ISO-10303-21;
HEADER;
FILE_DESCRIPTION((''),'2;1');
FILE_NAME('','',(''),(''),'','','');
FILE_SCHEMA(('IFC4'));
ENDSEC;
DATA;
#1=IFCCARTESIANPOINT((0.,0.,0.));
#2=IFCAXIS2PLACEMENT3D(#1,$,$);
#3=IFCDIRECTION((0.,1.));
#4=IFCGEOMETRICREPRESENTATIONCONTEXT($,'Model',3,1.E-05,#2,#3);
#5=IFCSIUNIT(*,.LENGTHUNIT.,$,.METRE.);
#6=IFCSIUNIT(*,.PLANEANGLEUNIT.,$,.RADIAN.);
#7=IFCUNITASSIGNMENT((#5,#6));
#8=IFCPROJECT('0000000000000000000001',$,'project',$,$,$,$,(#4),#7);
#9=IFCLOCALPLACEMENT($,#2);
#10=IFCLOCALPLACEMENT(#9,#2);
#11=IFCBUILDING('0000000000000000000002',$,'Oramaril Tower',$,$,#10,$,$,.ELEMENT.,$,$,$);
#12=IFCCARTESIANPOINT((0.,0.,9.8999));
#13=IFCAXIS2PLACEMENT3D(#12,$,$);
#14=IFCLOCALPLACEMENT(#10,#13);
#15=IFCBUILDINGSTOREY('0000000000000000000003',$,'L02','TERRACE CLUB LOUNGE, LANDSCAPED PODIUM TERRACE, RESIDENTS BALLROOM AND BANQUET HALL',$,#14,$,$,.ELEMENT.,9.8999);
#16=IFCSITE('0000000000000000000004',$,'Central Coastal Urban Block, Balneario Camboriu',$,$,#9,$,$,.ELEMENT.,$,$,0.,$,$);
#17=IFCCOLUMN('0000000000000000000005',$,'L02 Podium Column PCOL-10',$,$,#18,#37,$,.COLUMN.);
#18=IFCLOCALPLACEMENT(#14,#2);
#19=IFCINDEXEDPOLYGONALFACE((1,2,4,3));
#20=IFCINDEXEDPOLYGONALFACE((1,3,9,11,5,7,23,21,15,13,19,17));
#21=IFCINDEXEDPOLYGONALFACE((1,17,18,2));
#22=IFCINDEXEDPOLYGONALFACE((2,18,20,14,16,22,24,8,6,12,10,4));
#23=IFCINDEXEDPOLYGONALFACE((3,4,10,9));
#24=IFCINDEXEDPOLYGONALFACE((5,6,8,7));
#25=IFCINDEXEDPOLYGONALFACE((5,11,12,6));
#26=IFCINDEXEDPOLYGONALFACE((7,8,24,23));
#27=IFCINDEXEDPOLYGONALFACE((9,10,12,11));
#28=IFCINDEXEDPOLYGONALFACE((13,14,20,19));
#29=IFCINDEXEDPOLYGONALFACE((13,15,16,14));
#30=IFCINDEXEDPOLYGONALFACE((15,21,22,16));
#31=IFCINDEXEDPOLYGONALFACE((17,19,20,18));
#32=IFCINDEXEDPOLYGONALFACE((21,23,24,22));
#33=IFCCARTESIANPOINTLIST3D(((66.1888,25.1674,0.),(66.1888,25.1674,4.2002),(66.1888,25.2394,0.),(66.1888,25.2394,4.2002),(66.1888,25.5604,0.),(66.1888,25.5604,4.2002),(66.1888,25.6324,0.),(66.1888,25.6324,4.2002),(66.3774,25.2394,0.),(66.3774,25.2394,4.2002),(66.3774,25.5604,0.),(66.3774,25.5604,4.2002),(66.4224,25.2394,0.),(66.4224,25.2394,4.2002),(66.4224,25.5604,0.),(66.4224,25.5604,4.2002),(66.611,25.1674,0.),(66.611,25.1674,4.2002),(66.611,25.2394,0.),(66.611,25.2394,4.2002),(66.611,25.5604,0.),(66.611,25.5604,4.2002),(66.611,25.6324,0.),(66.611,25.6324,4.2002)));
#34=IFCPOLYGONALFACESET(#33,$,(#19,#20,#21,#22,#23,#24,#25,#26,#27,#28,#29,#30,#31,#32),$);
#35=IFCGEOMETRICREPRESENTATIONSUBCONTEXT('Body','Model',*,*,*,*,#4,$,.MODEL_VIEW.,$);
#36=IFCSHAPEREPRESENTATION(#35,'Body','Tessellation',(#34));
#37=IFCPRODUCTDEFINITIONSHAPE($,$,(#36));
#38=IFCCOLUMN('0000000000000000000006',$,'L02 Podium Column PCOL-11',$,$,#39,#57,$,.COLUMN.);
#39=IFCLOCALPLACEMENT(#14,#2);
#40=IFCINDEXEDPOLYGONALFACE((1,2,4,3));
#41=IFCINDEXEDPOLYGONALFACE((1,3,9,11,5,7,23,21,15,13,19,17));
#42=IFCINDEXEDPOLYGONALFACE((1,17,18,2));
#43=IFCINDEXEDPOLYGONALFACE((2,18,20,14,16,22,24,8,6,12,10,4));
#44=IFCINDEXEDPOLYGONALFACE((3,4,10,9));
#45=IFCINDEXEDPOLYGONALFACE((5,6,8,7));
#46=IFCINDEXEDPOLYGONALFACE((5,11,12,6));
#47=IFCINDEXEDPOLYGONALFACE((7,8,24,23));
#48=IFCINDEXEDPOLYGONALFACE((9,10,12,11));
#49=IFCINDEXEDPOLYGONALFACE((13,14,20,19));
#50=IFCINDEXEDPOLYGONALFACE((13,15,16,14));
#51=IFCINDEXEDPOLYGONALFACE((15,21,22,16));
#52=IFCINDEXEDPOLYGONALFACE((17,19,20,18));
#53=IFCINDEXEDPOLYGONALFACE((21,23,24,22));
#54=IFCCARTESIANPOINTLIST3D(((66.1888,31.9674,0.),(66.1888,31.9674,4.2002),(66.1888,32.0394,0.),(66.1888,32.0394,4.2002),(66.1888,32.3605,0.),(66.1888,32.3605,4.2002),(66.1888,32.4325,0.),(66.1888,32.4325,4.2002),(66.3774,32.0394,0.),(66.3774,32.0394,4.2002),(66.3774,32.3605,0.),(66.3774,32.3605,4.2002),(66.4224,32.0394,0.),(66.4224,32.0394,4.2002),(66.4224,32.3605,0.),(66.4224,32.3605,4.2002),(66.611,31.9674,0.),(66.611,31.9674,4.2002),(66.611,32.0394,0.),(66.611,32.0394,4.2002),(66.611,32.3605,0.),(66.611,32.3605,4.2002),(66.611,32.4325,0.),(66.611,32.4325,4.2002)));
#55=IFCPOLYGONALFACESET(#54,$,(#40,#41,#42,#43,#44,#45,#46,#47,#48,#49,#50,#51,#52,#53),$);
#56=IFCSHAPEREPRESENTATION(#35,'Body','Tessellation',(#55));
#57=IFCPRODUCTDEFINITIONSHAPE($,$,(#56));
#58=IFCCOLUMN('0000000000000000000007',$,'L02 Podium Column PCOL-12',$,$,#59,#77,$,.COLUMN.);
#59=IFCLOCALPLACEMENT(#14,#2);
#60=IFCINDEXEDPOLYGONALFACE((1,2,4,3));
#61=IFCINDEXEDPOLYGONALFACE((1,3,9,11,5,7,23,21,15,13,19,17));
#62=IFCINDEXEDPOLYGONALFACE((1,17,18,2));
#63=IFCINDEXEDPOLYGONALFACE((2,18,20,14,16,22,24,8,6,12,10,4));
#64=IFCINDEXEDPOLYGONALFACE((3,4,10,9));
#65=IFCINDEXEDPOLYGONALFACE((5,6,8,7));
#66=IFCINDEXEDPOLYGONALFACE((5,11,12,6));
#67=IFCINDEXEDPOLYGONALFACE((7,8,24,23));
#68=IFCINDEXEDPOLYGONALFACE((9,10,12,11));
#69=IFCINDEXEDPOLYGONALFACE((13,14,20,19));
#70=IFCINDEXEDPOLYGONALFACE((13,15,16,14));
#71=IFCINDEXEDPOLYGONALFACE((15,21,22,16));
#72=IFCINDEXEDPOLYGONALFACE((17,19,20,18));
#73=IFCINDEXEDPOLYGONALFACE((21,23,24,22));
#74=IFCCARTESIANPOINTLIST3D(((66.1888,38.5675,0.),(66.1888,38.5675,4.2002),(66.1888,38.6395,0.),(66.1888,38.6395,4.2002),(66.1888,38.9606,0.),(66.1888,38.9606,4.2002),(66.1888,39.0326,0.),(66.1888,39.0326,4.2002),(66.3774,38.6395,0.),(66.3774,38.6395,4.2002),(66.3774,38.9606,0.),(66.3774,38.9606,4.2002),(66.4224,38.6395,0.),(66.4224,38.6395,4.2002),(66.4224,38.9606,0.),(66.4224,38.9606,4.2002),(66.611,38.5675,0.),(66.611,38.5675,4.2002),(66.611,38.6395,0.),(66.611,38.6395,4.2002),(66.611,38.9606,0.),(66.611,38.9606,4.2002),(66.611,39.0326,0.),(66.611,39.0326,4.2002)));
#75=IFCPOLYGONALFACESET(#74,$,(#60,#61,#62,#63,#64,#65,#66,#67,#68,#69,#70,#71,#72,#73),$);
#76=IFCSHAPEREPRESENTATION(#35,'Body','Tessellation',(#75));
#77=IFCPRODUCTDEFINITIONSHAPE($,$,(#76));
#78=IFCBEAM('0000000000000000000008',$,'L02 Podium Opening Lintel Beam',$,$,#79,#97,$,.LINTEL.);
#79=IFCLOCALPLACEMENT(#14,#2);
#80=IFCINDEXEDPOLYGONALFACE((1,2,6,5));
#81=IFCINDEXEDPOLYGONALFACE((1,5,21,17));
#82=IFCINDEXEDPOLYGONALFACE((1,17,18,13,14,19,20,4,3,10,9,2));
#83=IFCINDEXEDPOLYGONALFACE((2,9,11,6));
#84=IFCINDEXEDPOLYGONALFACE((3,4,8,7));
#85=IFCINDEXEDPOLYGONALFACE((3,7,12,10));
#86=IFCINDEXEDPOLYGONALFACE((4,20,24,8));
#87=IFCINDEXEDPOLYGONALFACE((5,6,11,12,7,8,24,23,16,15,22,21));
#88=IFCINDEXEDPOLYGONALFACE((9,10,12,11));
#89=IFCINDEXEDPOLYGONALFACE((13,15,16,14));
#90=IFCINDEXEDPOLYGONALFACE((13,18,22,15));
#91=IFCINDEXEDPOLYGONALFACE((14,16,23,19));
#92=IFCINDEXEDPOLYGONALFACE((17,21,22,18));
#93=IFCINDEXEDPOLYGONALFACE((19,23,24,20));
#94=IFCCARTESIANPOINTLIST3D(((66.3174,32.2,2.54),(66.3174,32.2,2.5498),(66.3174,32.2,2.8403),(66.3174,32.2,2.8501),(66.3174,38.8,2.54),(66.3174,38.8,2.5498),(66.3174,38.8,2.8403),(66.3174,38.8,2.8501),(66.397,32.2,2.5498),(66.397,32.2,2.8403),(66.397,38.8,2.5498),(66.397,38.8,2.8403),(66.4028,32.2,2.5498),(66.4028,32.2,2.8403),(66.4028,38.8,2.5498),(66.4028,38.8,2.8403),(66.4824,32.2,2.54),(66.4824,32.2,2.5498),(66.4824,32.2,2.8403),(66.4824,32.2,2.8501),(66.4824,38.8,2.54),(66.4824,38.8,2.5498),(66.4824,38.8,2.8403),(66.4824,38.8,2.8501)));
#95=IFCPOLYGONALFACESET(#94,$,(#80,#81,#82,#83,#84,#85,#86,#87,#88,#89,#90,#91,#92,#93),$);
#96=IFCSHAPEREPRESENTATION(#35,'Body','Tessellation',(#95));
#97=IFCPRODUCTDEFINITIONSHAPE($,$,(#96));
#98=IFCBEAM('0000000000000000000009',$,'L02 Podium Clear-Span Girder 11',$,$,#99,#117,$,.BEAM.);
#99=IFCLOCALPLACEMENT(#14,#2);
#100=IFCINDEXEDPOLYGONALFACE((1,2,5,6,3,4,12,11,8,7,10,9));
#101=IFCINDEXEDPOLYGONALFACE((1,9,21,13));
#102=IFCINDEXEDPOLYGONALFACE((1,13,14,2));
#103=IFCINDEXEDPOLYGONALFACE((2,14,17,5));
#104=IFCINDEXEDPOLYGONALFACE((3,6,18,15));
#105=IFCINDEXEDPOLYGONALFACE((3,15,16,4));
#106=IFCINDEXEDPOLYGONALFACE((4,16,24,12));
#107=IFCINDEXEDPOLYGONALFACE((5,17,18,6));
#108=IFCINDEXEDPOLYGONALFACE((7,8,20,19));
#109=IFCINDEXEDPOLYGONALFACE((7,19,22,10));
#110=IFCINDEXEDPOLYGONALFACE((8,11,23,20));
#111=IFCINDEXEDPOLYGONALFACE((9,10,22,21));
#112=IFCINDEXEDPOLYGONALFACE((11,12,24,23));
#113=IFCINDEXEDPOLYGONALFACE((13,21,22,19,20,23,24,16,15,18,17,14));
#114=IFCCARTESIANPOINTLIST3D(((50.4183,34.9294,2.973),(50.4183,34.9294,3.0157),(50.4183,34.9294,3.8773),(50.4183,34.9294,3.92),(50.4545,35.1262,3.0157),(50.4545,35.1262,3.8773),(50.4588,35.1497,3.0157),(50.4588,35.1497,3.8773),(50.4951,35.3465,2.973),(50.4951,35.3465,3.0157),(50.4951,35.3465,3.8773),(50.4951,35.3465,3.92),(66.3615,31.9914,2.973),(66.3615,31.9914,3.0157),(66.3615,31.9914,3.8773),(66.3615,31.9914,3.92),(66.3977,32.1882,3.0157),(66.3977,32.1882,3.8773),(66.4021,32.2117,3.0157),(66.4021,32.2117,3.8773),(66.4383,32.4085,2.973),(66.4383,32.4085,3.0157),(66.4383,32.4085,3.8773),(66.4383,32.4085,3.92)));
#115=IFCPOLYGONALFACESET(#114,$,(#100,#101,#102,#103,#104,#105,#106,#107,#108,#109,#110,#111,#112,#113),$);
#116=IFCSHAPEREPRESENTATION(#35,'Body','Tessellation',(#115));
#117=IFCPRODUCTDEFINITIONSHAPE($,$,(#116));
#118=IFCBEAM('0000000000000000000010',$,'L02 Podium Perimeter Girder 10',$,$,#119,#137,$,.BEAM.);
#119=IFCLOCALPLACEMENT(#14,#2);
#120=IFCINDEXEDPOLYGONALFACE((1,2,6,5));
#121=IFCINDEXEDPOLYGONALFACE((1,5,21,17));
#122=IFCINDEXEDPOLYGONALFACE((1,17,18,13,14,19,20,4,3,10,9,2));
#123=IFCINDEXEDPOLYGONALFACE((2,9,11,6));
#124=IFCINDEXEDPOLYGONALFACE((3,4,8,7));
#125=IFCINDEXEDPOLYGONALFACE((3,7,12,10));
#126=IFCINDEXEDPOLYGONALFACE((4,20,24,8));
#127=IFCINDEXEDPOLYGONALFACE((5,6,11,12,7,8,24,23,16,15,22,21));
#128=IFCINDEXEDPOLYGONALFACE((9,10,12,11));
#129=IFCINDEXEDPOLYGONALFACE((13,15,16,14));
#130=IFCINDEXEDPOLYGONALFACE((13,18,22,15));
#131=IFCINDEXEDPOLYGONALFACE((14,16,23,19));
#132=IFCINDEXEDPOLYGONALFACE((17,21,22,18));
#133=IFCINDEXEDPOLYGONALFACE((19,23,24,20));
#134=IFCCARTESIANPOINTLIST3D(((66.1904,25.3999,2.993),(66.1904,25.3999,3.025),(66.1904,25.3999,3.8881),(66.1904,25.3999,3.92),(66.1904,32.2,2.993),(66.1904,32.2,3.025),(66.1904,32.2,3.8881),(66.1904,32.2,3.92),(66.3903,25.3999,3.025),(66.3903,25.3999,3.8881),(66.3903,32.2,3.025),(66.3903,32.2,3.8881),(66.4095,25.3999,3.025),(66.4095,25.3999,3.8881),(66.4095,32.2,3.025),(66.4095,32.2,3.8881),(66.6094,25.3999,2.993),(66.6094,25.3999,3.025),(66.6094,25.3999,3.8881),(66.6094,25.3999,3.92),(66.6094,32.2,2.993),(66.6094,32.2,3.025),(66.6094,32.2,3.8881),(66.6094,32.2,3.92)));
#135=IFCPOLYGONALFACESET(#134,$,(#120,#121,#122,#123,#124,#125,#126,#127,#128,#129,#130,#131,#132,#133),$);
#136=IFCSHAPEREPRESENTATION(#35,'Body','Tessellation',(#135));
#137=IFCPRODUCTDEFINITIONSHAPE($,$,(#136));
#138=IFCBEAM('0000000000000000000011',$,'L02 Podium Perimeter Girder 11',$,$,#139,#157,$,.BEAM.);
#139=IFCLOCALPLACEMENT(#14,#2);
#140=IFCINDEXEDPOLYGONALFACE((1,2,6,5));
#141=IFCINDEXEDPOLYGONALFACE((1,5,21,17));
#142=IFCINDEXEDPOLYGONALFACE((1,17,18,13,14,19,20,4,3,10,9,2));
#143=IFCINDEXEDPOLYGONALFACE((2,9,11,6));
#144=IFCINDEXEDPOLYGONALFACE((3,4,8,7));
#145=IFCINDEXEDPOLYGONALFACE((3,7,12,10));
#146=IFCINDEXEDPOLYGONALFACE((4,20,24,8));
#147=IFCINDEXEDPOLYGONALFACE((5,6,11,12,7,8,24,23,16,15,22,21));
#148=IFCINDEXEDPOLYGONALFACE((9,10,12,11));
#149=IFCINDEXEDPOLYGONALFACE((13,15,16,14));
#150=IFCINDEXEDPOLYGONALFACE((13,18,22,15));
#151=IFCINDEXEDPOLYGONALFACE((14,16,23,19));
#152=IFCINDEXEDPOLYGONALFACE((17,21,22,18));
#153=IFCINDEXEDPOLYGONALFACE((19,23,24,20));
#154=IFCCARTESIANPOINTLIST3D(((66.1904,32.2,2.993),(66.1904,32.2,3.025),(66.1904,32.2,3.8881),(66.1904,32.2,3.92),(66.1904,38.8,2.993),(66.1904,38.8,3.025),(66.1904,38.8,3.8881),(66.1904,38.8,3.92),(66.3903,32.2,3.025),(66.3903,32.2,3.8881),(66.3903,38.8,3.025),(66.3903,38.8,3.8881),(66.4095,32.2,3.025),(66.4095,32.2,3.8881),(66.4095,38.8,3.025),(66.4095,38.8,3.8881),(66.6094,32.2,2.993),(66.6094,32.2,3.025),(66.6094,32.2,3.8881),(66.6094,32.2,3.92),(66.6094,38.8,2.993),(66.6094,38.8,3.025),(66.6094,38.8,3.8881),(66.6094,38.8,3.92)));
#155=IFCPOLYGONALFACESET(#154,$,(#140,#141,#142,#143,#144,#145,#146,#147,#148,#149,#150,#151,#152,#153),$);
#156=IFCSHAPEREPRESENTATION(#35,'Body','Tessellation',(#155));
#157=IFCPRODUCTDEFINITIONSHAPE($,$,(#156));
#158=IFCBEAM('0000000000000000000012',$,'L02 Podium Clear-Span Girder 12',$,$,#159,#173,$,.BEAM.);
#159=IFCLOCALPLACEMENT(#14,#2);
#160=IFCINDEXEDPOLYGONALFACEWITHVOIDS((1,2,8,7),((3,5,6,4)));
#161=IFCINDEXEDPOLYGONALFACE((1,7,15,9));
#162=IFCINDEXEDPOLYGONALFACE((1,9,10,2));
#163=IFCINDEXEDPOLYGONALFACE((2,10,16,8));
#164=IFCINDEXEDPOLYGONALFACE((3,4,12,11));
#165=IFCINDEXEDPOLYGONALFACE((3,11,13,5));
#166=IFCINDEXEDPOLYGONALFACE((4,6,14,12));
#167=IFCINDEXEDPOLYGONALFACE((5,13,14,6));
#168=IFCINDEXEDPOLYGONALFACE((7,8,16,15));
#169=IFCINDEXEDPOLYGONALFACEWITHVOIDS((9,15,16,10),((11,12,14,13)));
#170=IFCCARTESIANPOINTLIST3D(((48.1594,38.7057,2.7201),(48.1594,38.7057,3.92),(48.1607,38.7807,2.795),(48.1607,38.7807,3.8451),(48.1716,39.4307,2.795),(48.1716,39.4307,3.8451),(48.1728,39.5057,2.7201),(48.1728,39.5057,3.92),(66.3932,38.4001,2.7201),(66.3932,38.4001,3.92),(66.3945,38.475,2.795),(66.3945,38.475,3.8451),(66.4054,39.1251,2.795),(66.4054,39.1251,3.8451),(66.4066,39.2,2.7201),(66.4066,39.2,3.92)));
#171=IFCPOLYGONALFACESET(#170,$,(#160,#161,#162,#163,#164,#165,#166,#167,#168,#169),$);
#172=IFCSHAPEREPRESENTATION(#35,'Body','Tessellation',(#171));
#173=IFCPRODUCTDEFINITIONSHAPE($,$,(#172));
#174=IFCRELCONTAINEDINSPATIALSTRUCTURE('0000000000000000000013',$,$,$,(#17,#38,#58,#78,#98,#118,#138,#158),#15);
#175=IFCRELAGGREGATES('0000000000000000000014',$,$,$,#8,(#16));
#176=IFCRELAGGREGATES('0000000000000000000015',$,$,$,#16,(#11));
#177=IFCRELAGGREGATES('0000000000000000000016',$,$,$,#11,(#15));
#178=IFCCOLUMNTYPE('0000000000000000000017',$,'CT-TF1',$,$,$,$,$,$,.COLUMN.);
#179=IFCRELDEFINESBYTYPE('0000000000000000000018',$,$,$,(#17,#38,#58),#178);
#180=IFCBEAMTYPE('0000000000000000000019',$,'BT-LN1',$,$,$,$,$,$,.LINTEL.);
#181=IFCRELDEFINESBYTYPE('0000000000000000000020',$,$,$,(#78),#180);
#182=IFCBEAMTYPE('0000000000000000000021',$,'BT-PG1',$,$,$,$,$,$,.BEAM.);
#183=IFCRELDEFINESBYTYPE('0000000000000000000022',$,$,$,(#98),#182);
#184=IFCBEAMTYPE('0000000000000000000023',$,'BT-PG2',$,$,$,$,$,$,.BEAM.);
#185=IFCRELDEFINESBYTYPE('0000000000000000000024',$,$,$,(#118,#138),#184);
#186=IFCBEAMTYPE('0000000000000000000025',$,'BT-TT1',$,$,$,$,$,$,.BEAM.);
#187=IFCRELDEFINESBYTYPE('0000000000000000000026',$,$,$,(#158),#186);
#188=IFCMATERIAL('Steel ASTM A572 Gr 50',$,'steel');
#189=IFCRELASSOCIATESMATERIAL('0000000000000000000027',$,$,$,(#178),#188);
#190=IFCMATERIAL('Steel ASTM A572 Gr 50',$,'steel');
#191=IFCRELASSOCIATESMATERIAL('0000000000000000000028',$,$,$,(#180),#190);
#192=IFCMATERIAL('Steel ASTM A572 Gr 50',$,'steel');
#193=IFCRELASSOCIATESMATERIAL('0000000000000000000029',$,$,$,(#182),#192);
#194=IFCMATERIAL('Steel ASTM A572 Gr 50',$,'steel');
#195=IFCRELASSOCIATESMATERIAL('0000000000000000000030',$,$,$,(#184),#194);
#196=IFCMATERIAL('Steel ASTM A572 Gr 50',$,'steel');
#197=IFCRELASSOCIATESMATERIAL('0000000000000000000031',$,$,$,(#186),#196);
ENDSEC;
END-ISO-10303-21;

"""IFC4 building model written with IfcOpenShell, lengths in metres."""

from ifc_helpers import new_model, si_unit, direction, frame, origin, origin_2d, place, context, subcontext, project, spatial, hollow_rectangle, i_section, extrude, material, material_profile, profile_set, type_object, element, save


model = new_model("IFC4")

# Units and contexts
model_context = context("Model", 3, precision=1e-05, world=origin(), true_north=direction((0.0, 1.0)))
body_context = subcontext(model_context, "Body", "Model", "MODEL_VIEW")
ifc_project = project(units=[si_unit("LENGTHUNIT", "METRE"), si_unit("PLANEANGLEUNIT", "RADIAN")], contexts=[model_context])

# Site, building, storey
site_placement = place(None, origin())
site = spatial("IfcSite", under=ifc_project, at=site_placement, Name="Central Coastal Urban Block, Balneario Camboriu", CompositionType="ELEMENT", RefElevation=0.0)
building_placement = place(site_placement, origin())
building = spatial("IfcBuilding", under=site, at=building_placement, Name="Oramaril Tower", CompositionType="ELEMENT")
storey_placement = place(building_placement, frame((0.0, 0.0, 9.8999)))
storey = spatial("IfcBuildingStorey", under=building, at=storey_placement, Name="L02", Description="TERRACE CLUB LOUNGE, LANDSCAPED PODIUM TERRACE, RESIDENTS BALLROOM AND BANQUET HALL", CompositionType="ELEMENT", Elevation=9.8999)

# Columns
ifc_material_1 = material(Name="Steel ASTM A572 Gr 50", Category="steel")
ifc_material_profile_1 = material_profile(ifc_material_1, i_section(OverallWidth=0.4221, OverallDepth=0.4651, WebThickness=0.0449, FlangeThickness=0.072, at=origin_2d()), Name="W14X398")
ifc_profile_set_1 = profile_set([ifc_material_profile_1], Name="Steel ASTM A572 Gr 50")
column_type = type_object("IfcColumnType", Name="CT-TF1", PredefinedType="COLUMN", material=ifc_profile_set_1)
for number, where, z_axis, x_axis, name in (
    (1, (66.3999, 25.3999, 0.0), (0.0, 0.0, 1.0), (1.0, 0.0, 0.0), "L02 Podium Column PCOL-10"),
    (2, (66.3999, 32.2, 0.0), (0.0, 0.0, 1.0), (1.0, 0.0, 0.0), "L02 Podium Column PCOL-11"),
    (3, (66.3999, 38.8, 0.0), (0.0, 0.0, 1.0), (1.0, 0.0, 0.0), "L02 Podium Column PCOL-12"),
):
    element("IfcColumn", number, at=place(storey_placement, frame(where, z_axis=z_axis, x_axis=x_axis)), inside=storey, type_object=column_type, Name=name, PredefinedType="COLUMN", context=body_context, shape_type="SweptSolid", body=[
        extrude(i_section(OverallWidth=0.4221, OverallDepth=0.4651, WebThickness=0.0449, FlangeThickness=0.072, at=origin_2d()), origin(), (0.0, 0.0, 1.0), 4.2002),
    ])

# Beams
ifc_material_2 = material(Name="Steel ASTM A572 Gr 50", Category="steel")
ifc_material_profile_2 = material_profile(ifc_material_2, i_section(OverallWidth=0.165, OverallDepth=0.3101, WebThickness=0.0059, FlangeThickness=0.0098, at=origin_2d()), Name="W12X26")
ifc_profile_set_2 = profile_set([ifc_material_profile_2], Name="Steel ASTM A572 Gr 50")
beam_type_1 = type_object("IfcBeamType", Name="BT-LN1", PredefinedType="LINTEL", material=ifc_profile_set_2)
beam_1_placement = place(storey_placement, frame((66.3999, 32.2, 2.6951), z_axis=(0.0, 1.0, 0.0), x_axis=(-1.0, 0.0, 0.0)))
element("IfcBeam", 4, at=beam_1_placement, inside=storey, type_object=beam_type_1, Name="L02 Podium Opening Lintel Beam", PredefinedType="LINTEL", context=body_context, shape_type="SweptSolid", body=[
    extrude(i_section(OverallWidth=0.165, OverallDepth=0.3101, WebThickness=0.0059, FlangeThickness=0.0098, at=origin_2d()), origin(), (0.0, 0.0, 1.0), 6.6001),
])
ifc_material_3 = material(Name="Steel ASTM A572 Gr 50", Category="steel")
ifc_material_profile_3 = material_profile(ifc_material_3, i_section(OverallWidth=0.4241, OverallDepth=0.947, WebThickness=0.0239, FlangeThickness=0.0427, at=origin_2d()), Name="W36X302")
ifc_profile_set_3 = profile_set([ifc_material_profile_3], Name="Steel ASTM A572 Gr 50")
beam_type_2 = type_object("IfcBeamType", Name="BT-PG1", PredefinedType="BEAM", material=ifc_profile_set_3)
beam_2_placement = place(storey_placement, frame((66.3999, 32.2, 3.4465), z_axis=(-0.983441, 0.181228, 0.0), x_axis=(-0.181228, -0.983441, 0.0)))
element("IfcBeam", 5, at=beam_2_placement, inside=storey, type_object=beam_type_2, Name="L02 Podium Clear-Span Girder 11", PredefinedType="BEAM", context=body_context, shape_type="SweptSolid", body=[
    extrude(i_section(OverallWidth=0.4241, OverallDepth=0.947, WebThickness=0.0239, FlangeThickness=0.0427, at=origin_2d()), origin(), (0.0, 0.0, 1.0), 16.2117),
])
ifc_material_4 = material(Name="Steel ASTM A572 Gr 50", Category="steel")
ifc_material_profile_4 = material_profile(ifc_material_4, i_section(OverallWidth=0.4189, OverallDepth=0.927, WebThickness=0.0193, FlangeThickness=0.032, at=origin_2d()), Name="W36X231")
ifc_profile_set_4 = profile_set([ifc_material_profile_4], Name="Steel ASTM A572 Gr 50")
beam_type_3 = type_object("IfcBeamType", Name="BT-PG2", PredefinedType="BEAM", material=ifc_profile_set_4)
beam_3_placement = place(storey_placement, frame((66.3999, 25.3999, 3.4565), z_axis=(0.0, 1.0, 0.0), x_axis=(-1.0, 0.0, 0.0)))
element("IfcBeam", 6, at=beam_3_placement, inside=storey, type_object=beam_type_3, Name="L02 Podium Perimeter Girder 10", PredefinedType="BEAM", context=body_context, shape_type="SweptSolid", body=[
    extrude(i_section(OverallWidth=0.4189, OverallDepth=0.927, WebThickness=0.0193, FlangeThickness=0.032, at=origin_2d()), origin(), (0.0, 0.0, 1.0), 6.8),
])
beam_4_placement = place(storey_placement, frame((66.3999, 32.2, 3.4565), z_axis=(0.0, 1.0, 0.0), x_axis=(-1.0, 0.0, 0.0)))
element("IfcBeam", 7, at=beam_4_placement, inside=storey, type_object=beam_type_3, Name="L02 Podium Perimeter Girder 11", PredefinedType="BEAM", context=body_context, shape_type="SweptSolid", body=[
    extrude(i_section(OverallWidth=0.4189, OverallDepth=0.927, WebThickness=0.0193, FlangeThickness=0.032, at=origin_2d()), origin(), (0.0, 0.0, 1.0), 6.6001),
])
ifc_material_5 = material(Name="Steel ASTM A572 Gr 50", Category="steel")
ifc_material_profile_5 = material_profile(ifc_material_5, hollow_rectangle(XDim=0.8, YDim=1.2, WallThickness=0.075, at=origin_2d()), Name="BOX1200X800X75")
ifc_profile_set_5 = profile_set([ifc_material_profile_5], Name="Steel ASTM A572 Gr 50")
beam_type_4 = type_object("IfcBeamType", Name="BT-TT1", PredefinedType="BEAM", material=ifc_profile_set_5)
beam_5_placement = place(storey_placement, frame((66.3999, 38.8, 3.3201), z_axis=(-0.99986, 0.016761, 0.0), x_axis=(-0.016761, -0.99986, 0.0)))
element("IfcBeam", 8, at=beam_5_placement, inside=storey, type_object=beam_type_4, Name="L02 Podium Clear-Span Girder 12", PredefinedType="BEAM", context=body_context, shape_type="SweptSolid", body=[
    extrude(hollow_rectangle(XDim=0.8, YDim=1.2, WallThickness=0.075, at=origin_2d()), origin(), (0.0, 0.0, 1.0), 18.2363),
])

save(model, "model.ifc")
